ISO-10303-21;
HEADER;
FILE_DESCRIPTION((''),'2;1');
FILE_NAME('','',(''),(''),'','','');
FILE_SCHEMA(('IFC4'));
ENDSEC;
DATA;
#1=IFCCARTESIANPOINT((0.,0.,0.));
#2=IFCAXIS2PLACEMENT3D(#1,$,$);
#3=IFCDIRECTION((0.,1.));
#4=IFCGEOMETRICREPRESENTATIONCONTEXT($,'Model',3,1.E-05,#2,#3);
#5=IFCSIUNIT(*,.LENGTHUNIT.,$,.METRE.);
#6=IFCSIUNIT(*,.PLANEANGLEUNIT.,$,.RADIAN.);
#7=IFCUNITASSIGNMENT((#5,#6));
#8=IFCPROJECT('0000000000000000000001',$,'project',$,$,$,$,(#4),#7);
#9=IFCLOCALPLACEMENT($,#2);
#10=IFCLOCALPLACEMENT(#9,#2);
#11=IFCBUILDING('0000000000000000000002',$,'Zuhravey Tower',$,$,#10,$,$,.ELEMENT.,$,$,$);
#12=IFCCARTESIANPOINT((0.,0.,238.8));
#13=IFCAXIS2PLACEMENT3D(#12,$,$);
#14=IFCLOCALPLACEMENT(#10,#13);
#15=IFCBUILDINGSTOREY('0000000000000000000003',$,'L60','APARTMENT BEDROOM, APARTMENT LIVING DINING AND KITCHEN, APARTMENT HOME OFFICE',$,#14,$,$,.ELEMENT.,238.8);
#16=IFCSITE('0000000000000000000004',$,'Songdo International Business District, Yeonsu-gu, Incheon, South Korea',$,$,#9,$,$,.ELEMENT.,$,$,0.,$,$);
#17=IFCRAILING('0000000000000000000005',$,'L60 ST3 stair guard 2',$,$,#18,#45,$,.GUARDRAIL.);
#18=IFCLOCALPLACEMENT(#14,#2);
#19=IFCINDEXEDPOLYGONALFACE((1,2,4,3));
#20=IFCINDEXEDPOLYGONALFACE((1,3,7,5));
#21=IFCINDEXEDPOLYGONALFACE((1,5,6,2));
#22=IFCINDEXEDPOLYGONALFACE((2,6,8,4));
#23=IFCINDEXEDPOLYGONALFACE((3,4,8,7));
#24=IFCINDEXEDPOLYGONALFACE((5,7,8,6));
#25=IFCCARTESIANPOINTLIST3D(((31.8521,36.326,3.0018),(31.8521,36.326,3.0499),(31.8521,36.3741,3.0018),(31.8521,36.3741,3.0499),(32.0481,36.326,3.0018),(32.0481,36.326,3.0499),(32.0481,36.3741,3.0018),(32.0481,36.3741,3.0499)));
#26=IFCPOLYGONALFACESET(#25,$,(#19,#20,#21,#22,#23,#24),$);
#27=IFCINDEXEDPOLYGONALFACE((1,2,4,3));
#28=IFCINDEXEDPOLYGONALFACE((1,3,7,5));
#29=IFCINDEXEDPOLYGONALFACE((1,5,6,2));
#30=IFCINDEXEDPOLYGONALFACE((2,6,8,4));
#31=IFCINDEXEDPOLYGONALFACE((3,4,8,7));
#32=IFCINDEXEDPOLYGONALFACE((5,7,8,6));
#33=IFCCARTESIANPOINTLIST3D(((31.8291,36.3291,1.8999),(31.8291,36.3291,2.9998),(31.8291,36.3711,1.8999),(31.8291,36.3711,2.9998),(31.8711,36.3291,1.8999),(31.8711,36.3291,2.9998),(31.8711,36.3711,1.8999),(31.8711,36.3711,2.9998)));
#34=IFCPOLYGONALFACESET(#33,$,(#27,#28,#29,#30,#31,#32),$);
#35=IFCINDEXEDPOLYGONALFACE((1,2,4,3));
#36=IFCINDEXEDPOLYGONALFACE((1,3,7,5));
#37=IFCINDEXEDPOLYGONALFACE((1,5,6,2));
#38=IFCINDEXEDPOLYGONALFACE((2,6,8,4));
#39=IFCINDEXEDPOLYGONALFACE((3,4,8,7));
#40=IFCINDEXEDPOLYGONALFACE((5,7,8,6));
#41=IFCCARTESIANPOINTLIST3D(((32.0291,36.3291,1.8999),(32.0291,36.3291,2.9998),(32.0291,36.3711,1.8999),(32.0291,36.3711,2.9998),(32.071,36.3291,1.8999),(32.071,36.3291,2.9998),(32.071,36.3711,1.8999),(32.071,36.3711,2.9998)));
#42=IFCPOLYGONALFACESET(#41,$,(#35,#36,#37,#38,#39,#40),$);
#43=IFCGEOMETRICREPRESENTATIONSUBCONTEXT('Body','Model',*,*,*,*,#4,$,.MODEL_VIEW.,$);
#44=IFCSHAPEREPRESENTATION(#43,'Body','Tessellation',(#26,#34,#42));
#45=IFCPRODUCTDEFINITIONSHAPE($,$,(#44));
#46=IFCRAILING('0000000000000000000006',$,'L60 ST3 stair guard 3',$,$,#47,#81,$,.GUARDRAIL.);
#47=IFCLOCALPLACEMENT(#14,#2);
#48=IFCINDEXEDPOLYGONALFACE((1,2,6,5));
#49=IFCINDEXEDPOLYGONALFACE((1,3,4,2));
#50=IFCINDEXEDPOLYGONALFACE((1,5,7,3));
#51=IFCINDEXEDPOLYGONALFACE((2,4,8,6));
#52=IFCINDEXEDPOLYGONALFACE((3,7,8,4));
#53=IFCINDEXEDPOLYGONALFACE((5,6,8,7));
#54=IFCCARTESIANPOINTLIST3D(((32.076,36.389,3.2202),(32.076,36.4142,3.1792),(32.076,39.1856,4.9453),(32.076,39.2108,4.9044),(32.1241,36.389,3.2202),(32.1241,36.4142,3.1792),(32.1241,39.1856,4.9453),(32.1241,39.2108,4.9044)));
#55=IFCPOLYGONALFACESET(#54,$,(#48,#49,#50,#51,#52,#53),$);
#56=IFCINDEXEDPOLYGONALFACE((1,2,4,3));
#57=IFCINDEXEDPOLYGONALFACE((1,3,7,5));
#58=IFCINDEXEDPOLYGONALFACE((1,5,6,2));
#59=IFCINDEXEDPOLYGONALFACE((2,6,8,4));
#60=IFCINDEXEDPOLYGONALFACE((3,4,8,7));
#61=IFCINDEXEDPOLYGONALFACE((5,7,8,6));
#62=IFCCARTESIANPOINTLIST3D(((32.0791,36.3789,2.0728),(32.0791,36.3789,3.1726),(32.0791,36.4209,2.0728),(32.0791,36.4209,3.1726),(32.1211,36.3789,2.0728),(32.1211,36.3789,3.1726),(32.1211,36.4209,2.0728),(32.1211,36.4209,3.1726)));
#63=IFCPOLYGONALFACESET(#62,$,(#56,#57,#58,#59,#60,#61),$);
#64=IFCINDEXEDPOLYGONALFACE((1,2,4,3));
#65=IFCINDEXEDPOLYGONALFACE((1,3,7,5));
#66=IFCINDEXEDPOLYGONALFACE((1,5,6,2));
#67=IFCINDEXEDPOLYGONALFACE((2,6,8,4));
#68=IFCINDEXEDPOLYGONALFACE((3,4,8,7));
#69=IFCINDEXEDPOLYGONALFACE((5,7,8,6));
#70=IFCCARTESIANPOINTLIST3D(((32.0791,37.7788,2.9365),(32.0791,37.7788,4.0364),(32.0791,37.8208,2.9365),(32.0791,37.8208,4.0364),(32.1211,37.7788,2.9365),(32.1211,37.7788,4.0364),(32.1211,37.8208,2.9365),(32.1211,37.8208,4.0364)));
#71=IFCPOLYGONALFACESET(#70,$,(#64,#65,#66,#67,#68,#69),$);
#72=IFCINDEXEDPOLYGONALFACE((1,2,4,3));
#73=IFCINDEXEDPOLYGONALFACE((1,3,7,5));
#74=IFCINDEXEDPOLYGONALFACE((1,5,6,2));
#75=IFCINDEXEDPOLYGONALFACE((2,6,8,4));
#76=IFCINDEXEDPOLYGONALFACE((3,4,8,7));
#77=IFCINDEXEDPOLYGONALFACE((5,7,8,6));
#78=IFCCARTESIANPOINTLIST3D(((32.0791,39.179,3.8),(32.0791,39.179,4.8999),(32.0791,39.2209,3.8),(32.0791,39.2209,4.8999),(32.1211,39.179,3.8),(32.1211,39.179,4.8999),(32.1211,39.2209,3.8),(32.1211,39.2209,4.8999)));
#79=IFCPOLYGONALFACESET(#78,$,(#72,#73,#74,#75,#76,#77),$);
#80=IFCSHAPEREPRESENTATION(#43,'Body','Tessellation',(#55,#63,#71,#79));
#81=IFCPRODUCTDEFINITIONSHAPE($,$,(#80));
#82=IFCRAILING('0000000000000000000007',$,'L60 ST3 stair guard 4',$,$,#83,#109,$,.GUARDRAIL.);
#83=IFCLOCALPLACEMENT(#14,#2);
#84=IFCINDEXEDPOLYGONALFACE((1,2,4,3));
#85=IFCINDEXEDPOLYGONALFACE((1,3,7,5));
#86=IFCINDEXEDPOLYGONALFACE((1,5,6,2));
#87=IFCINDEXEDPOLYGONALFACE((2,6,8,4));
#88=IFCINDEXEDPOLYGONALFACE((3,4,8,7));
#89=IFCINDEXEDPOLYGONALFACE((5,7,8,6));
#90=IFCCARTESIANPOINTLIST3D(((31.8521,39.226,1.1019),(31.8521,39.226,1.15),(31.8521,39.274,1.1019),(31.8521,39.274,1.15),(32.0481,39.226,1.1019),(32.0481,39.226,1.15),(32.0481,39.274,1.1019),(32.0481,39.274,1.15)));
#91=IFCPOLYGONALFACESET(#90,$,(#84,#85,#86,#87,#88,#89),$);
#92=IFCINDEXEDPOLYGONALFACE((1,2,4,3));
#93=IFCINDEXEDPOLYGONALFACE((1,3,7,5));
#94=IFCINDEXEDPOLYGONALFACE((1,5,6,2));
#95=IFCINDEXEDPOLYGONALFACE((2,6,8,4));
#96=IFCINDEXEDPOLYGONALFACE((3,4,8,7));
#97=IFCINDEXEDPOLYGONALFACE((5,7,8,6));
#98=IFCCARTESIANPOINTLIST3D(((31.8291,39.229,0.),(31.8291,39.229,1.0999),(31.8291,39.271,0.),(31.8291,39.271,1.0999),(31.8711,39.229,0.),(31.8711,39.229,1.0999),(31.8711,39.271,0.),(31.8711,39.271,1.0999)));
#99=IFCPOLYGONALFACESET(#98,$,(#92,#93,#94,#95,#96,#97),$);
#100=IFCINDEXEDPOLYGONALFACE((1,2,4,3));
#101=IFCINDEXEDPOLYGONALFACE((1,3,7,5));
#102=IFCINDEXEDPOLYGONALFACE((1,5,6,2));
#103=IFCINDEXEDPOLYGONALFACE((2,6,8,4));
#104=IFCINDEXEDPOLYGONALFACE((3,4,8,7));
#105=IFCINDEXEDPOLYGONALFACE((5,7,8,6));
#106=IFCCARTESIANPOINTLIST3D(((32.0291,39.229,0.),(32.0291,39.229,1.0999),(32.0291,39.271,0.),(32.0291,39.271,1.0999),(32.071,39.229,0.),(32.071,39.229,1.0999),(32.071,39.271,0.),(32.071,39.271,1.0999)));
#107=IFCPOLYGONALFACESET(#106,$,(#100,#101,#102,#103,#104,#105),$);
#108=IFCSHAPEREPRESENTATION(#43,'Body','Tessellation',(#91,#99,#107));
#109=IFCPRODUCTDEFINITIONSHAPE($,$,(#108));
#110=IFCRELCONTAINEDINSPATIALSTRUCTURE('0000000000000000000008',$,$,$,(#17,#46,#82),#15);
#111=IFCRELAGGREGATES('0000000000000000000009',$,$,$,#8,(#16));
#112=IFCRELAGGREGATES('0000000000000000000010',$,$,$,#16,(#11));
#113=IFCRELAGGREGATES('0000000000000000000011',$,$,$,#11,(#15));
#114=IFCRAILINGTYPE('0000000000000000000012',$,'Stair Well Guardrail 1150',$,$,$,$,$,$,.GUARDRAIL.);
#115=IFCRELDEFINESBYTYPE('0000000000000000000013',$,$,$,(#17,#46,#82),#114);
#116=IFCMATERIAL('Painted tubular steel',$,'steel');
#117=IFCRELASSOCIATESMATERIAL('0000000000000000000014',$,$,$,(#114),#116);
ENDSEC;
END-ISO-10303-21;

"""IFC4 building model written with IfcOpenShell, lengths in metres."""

from ifc_helpers import new_model, si_unit, direction, frame, origin, origin_2d, place, context, subcontext, project, spatial, rectangle, extrude, material, type_object, element, save


model = new_model("IFC4")

# Units and contexts
model_context = context("Model", 3, precision=1e-05, world=origin(), true_north=direction((0.0, 1.0)))
body_context = subcontext(model_context, "Body", "Model", "MODEL_VIEW")
ifc_project = project(units=[si_unit("LENGTHUNIT", "METRE"), si_unit("PLANEANGLEUNIT", "RADIAN")], contexts=[model_context])

# Site, building, storey
site_placement = place(None, origin())
site = spatial("IfcSite", under=ifc_project, at=site_placement, Name="Songdo International Business District, Yeonsu-gu, Incheon, South Korea", CompositionType="ELEMENT", RefElevation=0.0)
building_placement = place(site_placement, origin())
building = spatial("IfcBuilding", under=site, at=building_placement, Name="Zuhravey Tower", CompositionType="ELEMENT")
storey_placement = place(building_placement, frame((0.0, 0.0, 238.8)))
storey = spatial("IfcBuildingStorey", under=building, at=storey_placement, Name="L60", Description="APARTMENT BEDROOM, APARTMENT LIVING DINING AND KITCHEN, APARTMENT HOME OFFICE", CompositionType="ELEMENT", Elevation=238.8)

# Railings
ifc_material_1 = material(Name="Painted tubular steel", Category="steel")
railing_type_1 = type_object("IfcRailingType", Name="Stair Well Guardrail 1150", PredefinedType="GUARDRAIL", material=ifc_material_1)
railing_1_placement = place(storey_placement, frame((31.8501, 36.3501, 1.8999)))
element("IfcRailing", 1, at=railing_1_placement, inside=storey, type_object=railing_type_1, Name="L60 ST3 stair guard 2", PredefinedType="GUARDRAIL", context=body_context, shape_type="SweptSolid", body=[
    extrude(rectangle(XDim=0.0481, YDim=0.0481, at=origin_2d()), frame((0.002, 0.0, 1.126), z_axis=(1.0, 0.0, 0.0), x_axis=(0.0, 1.0, 0.0)), (0.0, 0.0, 1.0), 0.196),
    extrude(rectangle(XDim=0.042, YDim=0.042, at=origin_2d()), origin(), (0.0, 0.0, 1.0), 1.0999),
    extrude(rectangle(XDim=0.042, YDim=0.042, at=origin_2d()), frame((0.2, 0.0, 0.0)), (0.0, 0.0, 1.0), 1.0999),
])
railing_2_placement = place(storey_placement, frame((32.1001, 36.3999, 2.0728)))
element("IfcRailing", 2, at=railing_2_placement, inside=storey, type_object=railing_type_1, Name="L60 ST3 stair guard 3", PredefinedType="GUARDRAIL", context=body_context, shape_type="SweptSolid", body=[
    extrude(rectangle(XDim=0.0481, YDim=0.0481, at=origin_2d()), frame((0.0, 0.0017, 1.127), z_axis=(0.0, 0.85109, 0.52502), x_axis=(-1.0, 0.0, 0.0)), (0.0, 0.0, 1.0), 3.2859),
    extrude(rectangle(XDim=0.042, YDim=0.042, at=origin_2d()), origin(), (0.0, 0.0, 1.0), 1.0999),
    extrude(rectangle(XDim=0.042, YDim=0.042, at=origin_2d()), frame((0.0, 1.3999, 0.8638)), (0.0, 0.0, 1.0), 1.0999),
    extrude(rectangle(XDim=0.042, YDim=0.042, at=origin_2d()), frame((0.0, 2.8, 1.7273)), (0.0, 0.0, 1.0), 1.0999),
])
railing_3_placement = place(storey_placement, frame((31.8501, 39.25, 0.0)))
element("IfcRailing", 3, at=railing_3_placement, inside=storey, type_object=railing_type_1, Name="L60 ST3 stair guard 4", PredefinedType="GUARDRAIL", context=body_context, shape_type="SweptSolid", body=[
    extrude(rectangle(XDim=0.0481, YDim=0.0481, at=origin_2d()), frame((0.002, 0.0, 1.126), z_axis=(1.0, 0.0, 0.0), x_axis=(0.0, 1.0, 0.0)), (0.0, 0.0, 1.0), 0.196),
    extrude(rectangle(XDim=0.042, YDim=0.042, at=origin_2d()), origin(), (0.0, 0.0, 1.0), 1.0999),
    extrude(rectangle(XDim=0.042, YDim=0.042, at=origin_2d()), frame((0.2, 0.0, 0.0)), (0.0, 0.0, 1.0), 1.0999),
])

save(model, "model.ifc")
